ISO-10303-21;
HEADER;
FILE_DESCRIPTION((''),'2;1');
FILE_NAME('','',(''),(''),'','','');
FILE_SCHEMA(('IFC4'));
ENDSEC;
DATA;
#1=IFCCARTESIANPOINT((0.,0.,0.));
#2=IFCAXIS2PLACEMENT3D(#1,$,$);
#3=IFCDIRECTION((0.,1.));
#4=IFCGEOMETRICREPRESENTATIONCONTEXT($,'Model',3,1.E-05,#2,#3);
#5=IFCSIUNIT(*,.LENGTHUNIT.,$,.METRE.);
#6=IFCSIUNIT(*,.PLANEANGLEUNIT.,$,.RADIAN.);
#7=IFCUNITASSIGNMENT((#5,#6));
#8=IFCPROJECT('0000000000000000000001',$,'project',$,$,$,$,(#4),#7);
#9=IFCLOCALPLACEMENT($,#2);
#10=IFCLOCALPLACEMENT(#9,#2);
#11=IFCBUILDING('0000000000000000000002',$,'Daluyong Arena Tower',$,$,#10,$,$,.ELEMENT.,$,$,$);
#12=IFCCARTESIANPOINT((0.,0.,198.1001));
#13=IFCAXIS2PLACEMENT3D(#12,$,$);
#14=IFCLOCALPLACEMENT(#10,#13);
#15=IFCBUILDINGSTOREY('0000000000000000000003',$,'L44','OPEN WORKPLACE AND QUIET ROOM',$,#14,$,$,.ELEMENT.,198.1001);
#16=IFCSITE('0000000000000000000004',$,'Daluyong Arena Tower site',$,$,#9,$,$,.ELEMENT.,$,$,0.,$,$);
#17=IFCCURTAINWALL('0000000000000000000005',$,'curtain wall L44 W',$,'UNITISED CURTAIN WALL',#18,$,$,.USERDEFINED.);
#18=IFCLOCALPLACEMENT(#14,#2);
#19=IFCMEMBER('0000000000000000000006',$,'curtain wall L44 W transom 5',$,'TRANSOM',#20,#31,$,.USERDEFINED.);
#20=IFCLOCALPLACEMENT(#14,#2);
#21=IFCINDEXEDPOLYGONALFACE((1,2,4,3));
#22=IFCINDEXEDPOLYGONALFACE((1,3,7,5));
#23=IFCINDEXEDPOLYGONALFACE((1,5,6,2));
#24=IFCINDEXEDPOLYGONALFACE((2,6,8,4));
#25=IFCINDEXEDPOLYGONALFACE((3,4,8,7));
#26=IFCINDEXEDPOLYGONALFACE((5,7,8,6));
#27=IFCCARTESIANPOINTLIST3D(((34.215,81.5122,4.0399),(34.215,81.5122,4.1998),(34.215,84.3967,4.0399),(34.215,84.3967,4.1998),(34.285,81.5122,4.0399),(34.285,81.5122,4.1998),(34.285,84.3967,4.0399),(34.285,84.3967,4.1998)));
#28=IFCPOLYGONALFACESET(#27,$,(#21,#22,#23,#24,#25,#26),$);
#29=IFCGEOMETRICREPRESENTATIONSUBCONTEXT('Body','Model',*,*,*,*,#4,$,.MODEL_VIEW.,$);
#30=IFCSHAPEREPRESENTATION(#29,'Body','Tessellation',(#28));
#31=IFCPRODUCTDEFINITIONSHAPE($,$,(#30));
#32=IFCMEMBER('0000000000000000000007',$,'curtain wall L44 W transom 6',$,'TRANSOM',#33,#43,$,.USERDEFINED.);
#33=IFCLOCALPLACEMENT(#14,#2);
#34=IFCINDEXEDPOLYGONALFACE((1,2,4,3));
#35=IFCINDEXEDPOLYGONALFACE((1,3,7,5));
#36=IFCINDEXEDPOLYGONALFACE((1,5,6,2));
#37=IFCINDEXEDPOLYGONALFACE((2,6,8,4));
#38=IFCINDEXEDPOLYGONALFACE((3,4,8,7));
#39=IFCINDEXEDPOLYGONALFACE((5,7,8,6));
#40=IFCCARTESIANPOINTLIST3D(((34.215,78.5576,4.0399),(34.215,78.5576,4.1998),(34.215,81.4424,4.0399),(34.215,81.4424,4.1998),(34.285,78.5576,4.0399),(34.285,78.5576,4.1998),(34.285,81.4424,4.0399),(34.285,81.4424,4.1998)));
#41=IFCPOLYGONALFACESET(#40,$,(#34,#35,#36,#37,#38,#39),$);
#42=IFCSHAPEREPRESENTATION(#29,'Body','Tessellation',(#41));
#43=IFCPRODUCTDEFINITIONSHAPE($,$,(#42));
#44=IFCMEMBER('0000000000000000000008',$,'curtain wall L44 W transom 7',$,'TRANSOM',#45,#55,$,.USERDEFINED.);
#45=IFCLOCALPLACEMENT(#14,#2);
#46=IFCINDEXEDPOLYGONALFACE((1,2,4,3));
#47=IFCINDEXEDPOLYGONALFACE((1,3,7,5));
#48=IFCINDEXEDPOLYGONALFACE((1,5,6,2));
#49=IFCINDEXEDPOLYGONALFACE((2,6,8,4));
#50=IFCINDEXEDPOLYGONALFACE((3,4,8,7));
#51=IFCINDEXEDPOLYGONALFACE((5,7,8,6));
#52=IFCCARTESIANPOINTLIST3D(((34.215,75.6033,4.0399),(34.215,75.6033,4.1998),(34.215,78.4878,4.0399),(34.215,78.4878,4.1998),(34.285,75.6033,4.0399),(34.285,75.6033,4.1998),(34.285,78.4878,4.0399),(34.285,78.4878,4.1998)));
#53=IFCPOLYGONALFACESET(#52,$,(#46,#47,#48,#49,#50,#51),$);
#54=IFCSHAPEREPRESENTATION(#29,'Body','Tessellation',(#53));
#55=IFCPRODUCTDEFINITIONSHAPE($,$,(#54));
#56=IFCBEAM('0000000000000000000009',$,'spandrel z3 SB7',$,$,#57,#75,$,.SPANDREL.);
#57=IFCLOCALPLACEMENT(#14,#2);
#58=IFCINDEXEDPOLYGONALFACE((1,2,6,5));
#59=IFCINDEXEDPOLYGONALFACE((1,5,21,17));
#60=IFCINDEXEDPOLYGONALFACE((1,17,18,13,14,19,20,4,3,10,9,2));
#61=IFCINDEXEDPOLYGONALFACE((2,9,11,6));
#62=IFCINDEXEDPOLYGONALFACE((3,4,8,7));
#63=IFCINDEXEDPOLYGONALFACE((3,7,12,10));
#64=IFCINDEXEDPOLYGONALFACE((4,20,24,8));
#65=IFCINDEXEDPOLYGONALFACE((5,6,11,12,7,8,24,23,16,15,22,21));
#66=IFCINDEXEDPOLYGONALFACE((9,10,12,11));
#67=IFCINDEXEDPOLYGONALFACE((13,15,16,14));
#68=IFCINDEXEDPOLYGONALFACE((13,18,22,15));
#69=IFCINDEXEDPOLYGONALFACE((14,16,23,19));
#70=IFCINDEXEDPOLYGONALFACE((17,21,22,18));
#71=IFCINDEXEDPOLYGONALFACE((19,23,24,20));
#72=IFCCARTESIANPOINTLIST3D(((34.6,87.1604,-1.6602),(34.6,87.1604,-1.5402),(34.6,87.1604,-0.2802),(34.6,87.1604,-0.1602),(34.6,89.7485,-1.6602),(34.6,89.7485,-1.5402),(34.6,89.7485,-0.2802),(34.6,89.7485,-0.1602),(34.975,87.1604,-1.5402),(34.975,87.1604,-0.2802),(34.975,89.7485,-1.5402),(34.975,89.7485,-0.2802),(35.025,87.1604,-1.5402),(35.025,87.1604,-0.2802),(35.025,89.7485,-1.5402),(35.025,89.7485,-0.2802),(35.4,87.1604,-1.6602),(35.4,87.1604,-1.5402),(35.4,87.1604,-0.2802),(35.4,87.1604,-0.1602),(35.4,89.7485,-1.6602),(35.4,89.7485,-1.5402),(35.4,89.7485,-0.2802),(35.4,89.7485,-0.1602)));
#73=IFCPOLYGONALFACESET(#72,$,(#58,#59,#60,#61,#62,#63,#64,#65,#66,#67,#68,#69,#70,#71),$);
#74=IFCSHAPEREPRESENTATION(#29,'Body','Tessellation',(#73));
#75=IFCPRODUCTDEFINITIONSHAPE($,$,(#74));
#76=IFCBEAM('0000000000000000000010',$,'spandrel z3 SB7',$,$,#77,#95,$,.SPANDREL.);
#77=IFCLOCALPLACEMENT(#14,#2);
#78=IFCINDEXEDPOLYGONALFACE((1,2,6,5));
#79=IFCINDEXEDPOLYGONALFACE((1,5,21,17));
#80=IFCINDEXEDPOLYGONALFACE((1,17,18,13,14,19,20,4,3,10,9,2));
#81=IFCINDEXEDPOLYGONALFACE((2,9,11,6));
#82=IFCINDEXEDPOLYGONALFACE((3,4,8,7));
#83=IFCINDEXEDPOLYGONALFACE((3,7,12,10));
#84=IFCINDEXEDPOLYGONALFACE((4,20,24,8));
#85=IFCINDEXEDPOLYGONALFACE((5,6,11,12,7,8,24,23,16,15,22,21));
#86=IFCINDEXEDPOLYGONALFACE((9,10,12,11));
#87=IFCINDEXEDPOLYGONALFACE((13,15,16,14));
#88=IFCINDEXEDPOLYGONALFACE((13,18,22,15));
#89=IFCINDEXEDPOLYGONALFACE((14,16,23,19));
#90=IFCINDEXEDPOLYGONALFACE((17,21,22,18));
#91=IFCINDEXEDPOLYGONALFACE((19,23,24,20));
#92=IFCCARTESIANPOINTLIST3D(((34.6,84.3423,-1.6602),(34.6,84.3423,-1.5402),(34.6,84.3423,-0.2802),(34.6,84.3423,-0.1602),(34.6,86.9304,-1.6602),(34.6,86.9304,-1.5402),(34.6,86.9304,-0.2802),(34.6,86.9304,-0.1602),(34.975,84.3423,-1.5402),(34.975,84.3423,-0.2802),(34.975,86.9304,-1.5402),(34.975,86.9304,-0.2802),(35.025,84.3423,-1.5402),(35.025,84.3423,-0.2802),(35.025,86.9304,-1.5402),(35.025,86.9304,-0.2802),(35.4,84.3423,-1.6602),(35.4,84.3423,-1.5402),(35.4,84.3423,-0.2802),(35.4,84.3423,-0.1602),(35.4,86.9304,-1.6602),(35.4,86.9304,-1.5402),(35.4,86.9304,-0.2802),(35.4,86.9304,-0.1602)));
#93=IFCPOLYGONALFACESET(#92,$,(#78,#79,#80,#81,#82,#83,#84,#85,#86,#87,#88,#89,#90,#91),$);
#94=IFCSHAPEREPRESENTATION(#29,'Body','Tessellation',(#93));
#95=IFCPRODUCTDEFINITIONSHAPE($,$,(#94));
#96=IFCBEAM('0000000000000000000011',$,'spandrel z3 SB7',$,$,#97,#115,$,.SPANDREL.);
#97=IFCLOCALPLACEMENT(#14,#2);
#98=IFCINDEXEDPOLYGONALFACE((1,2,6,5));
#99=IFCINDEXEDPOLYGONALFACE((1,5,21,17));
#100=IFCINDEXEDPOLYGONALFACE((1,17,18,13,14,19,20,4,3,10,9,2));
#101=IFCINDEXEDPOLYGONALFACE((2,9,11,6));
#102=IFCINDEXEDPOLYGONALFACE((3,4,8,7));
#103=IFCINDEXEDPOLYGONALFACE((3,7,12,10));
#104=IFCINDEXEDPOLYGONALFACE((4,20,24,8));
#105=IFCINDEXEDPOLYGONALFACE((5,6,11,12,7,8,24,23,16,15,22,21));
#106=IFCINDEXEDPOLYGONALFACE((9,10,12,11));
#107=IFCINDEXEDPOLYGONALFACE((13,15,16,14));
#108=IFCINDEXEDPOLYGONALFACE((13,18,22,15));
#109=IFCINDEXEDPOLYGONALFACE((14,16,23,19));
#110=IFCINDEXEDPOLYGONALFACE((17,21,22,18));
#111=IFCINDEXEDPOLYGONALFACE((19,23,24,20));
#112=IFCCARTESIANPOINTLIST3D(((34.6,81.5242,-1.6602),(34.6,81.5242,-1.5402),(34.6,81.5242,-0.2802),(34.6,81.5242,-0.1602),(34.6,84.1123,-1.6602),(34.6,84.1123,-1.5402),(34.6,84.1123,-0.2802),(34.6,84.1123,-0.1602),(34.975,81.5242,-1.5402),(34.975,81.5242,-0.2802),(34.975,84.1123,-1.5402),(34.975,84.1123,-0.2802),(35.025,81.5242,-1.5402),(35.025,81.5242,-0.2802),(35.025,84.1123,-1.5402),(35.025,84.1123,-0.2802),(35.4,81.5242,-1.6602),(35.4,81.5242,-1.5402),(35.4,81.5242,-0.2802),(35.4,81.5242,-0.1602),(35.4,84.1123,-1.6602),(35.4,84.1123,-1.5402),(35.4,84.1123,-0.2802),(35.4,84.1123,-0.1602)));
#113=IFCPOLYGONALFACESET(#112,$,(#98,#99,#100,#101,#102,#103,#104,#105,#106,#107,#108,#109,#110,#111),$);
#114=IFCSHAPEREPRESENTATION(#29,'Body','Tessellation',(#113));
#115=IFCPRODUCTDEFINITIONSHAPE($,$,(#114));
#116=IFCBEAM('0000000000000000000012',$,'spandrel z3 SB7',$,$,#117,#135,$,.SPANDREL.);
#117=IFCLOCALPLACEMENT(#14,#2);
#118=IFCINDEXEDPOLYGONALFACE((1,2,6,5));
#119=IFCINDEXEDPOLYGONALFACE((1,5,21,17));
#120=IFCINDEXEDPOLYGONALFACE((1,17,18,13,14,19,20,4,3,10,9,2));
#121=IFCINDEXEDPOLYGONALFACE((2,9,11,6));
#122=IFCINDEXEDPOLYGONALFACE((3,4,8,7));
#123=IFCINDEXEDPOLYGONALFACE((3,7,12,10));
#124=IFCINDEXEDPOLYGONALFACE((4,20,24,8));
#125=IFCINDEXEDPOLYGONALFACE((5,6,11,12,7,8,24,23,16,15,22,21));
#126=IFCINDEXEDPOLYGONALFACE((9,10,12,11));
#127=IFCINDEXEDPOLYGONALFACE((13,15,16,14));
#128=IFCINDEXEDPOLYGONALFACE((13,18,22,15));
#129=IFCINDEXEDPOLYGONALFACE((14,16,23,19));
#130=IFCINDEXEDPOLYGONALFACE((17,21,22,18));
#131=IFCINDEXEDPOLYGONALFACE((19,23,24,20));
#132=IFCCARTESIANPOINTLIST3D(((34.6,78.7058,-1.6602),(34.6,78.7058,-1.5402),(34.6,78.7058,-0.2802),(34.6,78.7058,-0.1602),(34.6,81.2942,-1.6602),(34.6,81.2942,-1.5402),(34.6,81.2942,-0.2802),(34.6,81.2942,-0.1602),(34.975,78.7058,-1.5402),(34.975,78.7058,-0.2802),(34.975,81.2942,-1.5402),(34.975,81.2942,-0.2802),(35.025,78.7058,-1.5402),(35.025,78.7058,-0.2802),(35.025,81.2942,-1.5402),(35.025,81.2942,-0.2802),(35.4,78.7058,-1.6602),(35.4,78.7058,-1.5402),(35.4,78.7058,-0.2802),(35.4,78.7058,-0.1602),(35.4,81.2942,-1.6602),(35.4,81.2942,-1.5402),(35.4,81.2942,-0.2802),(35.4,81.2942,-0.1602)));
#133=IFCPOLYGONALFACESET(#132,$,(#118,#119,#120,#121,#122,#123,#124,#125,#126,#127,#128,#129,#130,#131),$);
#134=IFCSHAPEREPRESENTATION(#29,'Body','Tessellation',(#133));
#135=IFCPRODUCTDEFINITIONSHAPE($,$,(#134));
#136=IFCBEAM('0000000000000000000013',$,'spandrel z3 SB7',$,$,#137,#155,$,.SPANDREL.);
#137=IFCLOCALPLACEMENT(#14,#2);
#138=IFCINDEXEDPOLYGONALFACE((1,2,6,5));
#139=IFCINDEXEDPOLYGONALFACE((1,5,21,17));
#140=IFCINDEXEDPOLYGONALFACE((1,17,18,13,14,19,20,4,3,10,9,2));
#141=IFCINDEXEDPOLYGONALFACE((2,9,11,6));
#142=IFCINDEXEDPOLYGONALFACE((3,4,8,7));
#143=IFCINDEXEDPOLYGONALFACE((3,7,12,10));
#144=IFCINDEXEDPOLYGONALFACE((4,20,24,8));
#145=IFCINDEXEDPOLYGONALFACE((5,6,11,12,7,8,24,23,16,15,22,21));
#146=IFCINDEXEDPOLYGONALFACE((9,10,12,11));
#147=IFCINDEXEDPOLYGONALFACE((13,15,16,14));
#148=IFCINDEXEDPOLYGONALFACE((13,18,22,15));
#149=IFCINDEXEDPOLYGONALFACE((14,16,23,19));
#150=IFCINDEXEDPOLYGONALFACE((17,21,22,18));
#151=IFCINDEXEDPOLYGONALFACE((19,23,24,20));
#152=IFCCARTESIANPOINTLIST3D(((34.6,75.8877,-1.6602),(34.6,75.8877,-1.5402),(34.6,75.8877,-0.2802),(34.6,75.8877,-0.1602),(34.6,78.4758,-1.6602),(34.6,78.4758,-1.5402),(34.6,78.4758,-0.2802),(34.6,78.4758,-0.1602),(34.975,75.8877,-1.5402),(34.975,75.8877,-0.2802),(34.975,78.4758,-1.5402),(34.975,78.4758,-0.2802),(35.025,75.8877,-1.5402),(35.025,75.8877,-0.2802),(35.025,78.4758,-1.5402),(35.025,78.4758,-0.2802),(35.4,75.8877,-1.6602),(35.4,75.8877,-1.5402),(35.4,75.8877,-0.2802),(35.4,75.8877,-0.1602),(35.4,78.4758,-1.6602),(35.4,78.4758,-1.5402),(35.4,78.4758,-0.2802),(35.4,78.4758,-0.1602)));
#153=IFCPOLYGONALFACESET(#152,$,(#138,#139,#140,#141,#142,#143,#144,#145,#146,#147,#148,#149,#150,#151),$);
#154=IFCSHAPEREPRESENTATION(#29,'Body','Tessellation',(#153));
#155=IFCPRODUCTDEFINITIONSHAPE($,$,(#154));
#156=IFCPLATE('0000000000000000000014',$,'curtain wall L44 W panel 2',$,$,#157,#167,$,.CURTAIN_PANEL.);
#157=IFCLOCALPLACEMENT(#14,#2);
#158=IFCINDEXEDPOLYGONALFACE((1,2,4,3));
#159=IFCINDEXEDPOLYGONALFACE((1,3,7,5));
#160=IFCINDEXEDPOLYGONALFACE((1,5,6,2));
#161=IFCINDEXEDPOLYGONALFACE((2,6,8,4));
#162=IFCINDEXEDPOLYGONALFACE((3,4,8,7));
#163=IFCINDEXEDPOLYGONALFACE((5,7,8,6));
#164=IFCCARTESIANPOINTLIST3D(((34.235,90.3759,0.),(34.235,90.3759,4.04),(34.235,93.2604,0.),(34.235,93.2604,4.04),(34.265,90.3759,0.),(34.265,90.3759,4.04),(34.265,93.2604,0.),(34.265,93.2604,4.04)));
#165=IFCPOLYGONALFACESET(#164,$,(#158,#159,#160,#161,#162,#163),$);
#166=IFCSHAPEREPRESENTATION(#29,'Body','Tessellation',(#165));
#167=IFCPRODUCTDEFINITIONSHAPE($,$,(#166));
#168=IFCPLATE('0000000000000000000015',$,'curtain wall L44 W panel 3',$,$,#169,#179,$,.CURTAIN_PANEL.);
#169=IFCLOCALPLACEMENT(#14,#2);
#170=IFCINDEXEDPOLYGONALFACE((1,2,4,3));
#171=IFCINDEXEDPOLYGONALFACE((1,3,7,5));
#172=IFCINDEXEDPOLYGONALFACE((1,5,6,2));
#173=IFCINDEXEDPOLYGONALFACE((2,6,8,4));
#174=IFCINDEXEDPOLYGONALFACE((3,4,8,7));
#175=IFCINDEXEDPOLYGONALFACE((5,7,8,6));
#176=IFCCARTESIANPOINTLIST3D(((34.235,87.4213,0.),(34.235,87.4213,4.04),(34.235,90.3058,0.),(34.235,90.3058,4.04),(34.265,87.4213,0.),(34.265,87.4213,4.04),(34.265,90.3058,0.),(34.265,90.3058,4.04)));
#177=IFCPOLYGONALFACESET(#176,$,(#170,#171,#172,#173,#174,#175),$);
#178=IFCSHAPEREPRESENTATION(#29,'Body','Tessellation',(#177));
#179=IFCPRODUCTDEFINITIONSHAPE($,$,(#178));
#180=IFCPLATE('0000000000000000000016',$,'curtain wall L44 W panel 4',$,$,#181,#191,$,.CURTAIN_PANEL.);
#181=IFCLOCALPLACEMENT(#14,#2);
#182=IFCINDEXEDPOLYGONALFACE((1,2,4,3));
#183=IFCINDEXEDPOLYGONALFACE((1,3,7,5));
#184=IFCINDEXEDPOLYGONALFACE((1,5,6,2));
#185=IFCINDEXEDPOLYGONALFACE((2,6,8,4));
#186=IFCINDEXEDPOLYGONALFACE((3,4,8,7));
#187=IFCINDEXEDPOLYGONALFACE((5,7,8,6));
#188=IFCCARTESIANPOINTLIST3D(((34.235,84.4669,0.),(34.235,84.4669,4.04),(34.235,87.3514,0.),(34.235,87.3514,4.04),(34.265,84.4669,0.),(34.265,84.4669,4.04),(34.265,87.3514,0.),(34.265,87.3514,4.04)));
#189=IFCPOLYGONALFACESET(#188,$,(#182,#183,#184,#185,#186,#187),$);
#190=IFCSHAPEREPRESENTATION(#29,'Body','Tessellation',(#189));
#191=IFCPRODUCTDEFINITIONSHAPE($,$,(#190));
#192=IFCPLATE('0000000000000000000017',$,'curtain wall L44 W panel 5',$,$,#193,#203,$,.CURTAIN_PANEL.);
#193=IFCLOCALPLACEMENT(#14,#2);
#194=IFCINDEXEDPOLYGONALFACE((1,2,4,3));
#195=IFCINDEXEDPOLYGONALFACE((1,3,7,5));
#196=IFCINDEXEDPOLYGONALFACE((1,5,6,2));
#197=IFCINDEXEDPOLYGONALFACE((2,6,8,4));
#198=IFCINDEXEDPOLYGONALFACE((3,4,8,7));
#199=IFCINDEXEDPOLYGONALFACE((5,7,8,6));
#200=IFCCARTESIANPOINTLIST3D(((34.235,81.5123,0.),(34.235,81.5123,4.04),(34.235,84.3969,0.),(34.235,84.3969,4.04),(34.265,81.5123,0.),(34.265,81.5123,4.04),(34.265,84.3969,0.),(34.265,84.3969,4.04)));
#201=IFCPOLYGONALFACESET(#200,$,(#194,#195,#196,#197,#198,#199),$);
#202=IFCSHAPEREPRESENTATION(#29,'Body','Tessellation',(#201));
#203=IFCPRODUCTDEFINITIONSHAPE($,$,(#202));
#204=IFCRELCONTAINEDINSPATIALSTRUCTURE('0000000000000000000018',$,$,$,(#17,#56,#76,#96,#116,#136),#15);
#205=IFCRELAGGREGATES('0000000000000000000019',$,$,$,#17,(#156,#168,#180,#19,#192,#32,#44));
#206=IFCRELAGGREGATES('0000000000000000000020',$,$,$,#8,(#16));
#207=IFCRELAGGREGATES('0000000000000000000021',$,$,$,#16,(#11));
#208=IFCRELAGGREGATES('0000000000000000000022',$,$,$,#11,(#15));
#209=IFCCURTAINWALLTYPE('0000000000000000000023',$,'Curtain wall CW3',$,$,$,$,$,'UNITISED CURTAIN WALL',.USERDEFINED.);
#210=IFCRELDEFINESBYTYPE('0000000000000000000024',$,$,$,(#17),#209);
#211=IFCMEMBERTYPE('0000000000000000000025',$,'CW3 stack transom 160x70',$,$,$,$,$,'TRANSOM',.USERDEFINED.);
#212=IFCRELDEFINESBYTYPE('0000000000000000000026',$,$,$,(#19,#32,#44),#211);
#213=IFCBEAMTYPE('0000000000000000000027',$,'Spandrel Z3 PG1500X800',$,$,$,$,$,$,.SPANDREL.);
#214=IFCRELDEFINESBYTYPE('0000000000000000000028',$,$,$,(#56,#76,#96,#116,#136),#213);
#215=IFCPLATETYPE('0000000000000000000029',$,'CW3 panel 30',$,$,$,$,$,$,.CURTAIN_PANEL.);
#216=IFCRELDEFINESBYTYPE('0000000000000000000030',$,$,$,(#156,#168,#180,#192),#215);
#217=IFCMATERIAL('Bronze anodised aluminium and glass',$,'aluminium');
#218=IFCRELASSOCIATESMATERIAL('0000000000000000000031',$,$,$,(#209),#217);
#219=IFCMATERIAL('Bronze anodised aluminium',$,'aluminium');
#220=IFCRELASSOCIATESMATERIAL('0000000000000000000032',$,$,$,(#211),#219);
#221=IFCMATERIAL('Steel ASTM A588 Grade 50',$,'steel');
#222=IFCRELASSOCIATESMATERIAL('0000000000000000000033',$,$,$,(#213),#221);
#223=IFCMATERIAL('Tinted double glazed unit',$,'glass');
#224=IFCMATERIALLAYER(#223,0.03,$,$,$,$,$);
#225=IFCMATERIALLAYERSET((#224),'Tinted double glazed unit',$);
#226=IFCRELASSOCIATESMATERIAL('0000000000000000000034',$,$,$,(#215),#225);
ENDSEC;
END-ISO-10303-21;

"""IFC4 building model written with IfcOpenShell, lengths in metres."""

from ifc_helpers import new_model, si_unit, direction, frame, origin, origin_2d, place, context, subcontext, project, spatial, rectangle, i_section, extrude, material, layer, layer_set, material_profile, profile_set, type_object, element, aggregate, save


model = new_model("IFC4")

# Units and contexts
model_context = context("Model", 3, precision=1e-05, world=origin(), true_north=direction((0.0, 1.0)))
body_context = subcontext(model_context, "Body", "Model", "MODEL_VIEW")
ifc_project = project(units=[si_unit("LENGTHUNIT", "METRE"), si_unit("PLANEANGLEUNIT", "RADIAN")], contexts=[model_context])

# Site, building, storey
site_placement = place(None, origin())
site = spatial("IfcSite", under=ifc_project, at=site_placement, Name="Daluyong Arena Tower site", CompositionType="ELEMENT", RefElevation=0.0)
building_placement = place(site_placement, origin())
building = spatial("IfcBuilding", under=site, at=building_placement, Name="Daluyong Arena Tower", CompositionType="ELEMENT")
storey_placement = place(building_placement, frame((0.0, 0.0, 198.1001)))
storey = spatial("IfcBuildingStorey", under=building, at=storey_placement, Name="L44", Description="OPEN WORKPLACE AND QUIET ROOM", CompositionType="ELEMENT", Elevation=198.1001)

# Curtain wall, members
ifc_material_1 = material(Name="Bronze anodised aluminium and glass", Category="aluminium")
curtain_wall_type = type_object("IfcCurtainWallType", Name="Curtain wall CW3", ElementType="UNITISED CURTAIN WALL", PredefinedType="USERDEFINED", material=ifc_material_1)
curtain_wall_placement = place(storey_placement, origin())
curtain_wall = element("IfcCurtainWall", 1, at=curtain_wall_placement, inside=storey, type_object=curtain_wall_type, Name="curtain wall L44 W", ObjectType="UNITISED CURTAIN WALL", PredefinedType="USERDEFINED")
ifc_material_2 = material(Name="Bronze anodised aluminium", Category="aluminium")
ifc_material_profile_1 = material_profile(ifc_material_2, rectangle(XDim=0.0701, YDim=0.1599, at=origin_2d()))
ifc_profile_set_1 = profile_set([ifc_material_profile_1], Name="Bronze anodised aluminium")
member_type_1 = type_object("IfcMemberType", Name="CW3 stack transom 160x70", ElementType="TRANSOM", PredefinedType="USERDEFINED", material=ifc_profile_set_1)
member_1_placement = place(storey_placement, frame((34.25, 84.3967, 4.1199), z_axis=(0.0, -1.0, 0.0), x_axis=(1.0, 0.0, 0.0)))
member_1 = element("IfcMember", 2, at=member_1_placement, type_object=member_type_1, Name="curtain wall L44 W transom 5", ObjectType="TRANSOM", PredefinedType="USERDEFINED", context=body_context, shape_type="SweptSolid", body=[
    extrude(rectangle(XDim=0.0701, YDim=0.1599, at=origin_2d()), origin(), (0.0, 0.0, 1.0), 2.8845),
])
member_2_placement = place(storey_placement, frame((34.25, 81.4424, 4.1199), z_axis=(0.0, -1.0, 0.0), x_axis=(1.0, 0.0, 0.0)))
member_2 = element("IfcMember", 3, at=member_2_placement, type_object=member_type_1, Name="curtain wall L44 W transom 6", ObjectType="TRANSOM", PredefinedType="USERDEFINED", context=body_context, shape_type="SweptSolid", body=[
    extrude(rectangle(XDim=0.0701, YDim=0.1599, at=origin_2d()), origin(), (0.0, 0.0, 1.0), 2.8848),
])
member_3_placement = place(storey_placement, frame((34.25, 78.4878, 4.1199), z_axis=(0.0, -1.0, 0.0), x_axis=(1.0, 0.0, 0.0)))
member_3 = element("IfcMember", 4, at=member_3_placement, type_object=member_type_1, Name="curtain wall L44 W transom 7", ObjectType="TRANSOM", PredefinedType="USERDEFINED", context=body_context, shape_type="SweptSolid", body=[
    extrude(rectangle(XDim=0.0701, YDim=0.1599, at=origin_2d()), origin(), (0.0, 0.0, 1.0), 2.8845),
])

# Beams
ifc_material_3 = material(Name="Steel ASTM A588 Grade 50", Category="steel")
ifc_material_profile_2 = material_profile(ifc_material_3, i_section(OverallWidth=0.8, OverallDepth=1.5, WebThickness=0.05, FlangeThickness=0.12, at=origin_2d()))
ifc_profile_set_2 = profile_set([ifc_material_profile_2], Name="Steel ASTM A588 Grade 50")
beam_type = type_object("IfcBeamType", Name="Spandrel Z3 PG1500X800", PredefinedType="SPANDREL", material=ifc_profile_set_2)
for number, where, z_axis, x_axis, name in (
    (5, (35.0, 89.7485, -0.9102), (0.0, -1.0, 0.0), (1.0, 0.0, 0.0), "spandrel z3 SB7"),
    (6, (35.0, 86.9304, -0.9102), (0.0, -1.0, 0.0), (1.0, 0.0, 0.0), "spandrel z3 SB7"),
    (7, (35.0, 84.1123, -0.9102), (0.0, -1.0, 0.0), (1.0, 0.0, 0.0), "spandrel z3 SB7"),
):
    element("IfcBeam", number, at=place(storey_placement, frame(where, z_axis=z_axis, x_axis=x_axis)), inside=storey, type_object=beam_type, Name=name, PredefinedType="SPANDREL", context=body_context, shape_type="SweptSolid", body=[
        extrude(i_section(OverallWidth=0.8, OverallDepth=1.5, WebThickness=0.05, FlangeThickness=0.12, at=origin_2d()), origin(), (0.0, 0.0, 1.0), 2.5881),
    ])
beam_1_placement = place(storey_placement, frame((35.0, 81.2942, -0.9102), z_axis=(0.0, -1.0, 0.0), x_axis=(1.0, 0.0, 0.0)))
element("IfcBeam", 8, at=beam_1_placement, inside=storey, type_object=beam_type, Name="spandrel z3 SB7", PredefinedType="SPANDREL", context=body_context, shape_type="SweptSolid", body=[
    extrude(i_section(OverallWidth=0.8, OverallDepth=1.5, WebThickness=0.05, FlangeThickness=0.12, at=origin_2d()), origin(), (0.0, 0.0, 1.0), 2.5884),
])
beam_2_placement = place(storey_placement, frame((35.0, 78.4758, -0.9102), z_axis=(0.0, -1.0, 0.0), x_axis=(1.0, 0.0, 0.0)))
element("IfcBeam", 9, at=beam_2_placement, inside=storey, type_object=beam_type, Name="spandrel z3 SB7", PredefinedType="SPANDREL", context=body_context, shape_type="SweptSolid", body=[
    extrude(i_section(OverallWidth=0.8, OverallDepth=1.5, WebThickness=0.05, FlangeThickness=0.12, at=origin_2d()), origin(), (0.0, 0.0, 1.0), 2.5881),
])

# Plates
ifc_material_4 = material(Name="Tinted double glazed unit", Category="glass")
ifc_layer = layer(ifc_material_4, 0.03)
ifc_layer_set = layer_set([ifc_layer], Name="Tinted double glazed unit")
plate_type = type_object("IfcPlateType", Name="CW3 panel 30", PredefinedType="CURTAIN_PANEL", material=ifc_layer_set)
plate_1_placement = place(storey_placement, frame((34.25, 91.8181, 0.0), z_axis=(0.0, 0.0, 1.0), x_axis=(0.0, -1.0, 0.0)))
plate_1 = element("IfcPlate", 10, at=plate_1_placement, type_object=plate_type, Name="curtain wall L44 W panel 2", PredefinedType="CURTAIN_PANEL", context=body_context, shape_type="SweptSolid", body=[
    extrude(rectangle(XDim=2.8845, YDim=0.03, at=origin_2d()), origin(), (0.0, 0.0, 1.0), 4.04),
])
plate_2_placement = place(storey_placement, frame((34.25, 88.8635, 0.0), z_axis=(0.0, 0.0, 1.0), x_axis=(0.0, -1.0, 0.0)))
plate_2 = element("IfcPlate", 11, at=plate_2_placement, type_object=plate_type, Name="curtain wall L44 W panel 3", PredefinedType="CURTAIN_PANEL", context=body_context, shape_type="SweptSolid", body=[
    extrude(rectangle(XDim=2.8845, YDim=0.03, at=origin_2d()), origin(), (0.0, 0.0, 1.0), 4.04),
])
plate_3_placement = place(storey_placement, frame((34.25, 85.9092, 0.0), z_axis=(0.0, 0.0, 1.0), x_axis=(0.0, -1.0, 0.0)))
plate_3 = element("IfcPlate", 12, at=plate_3_placement, type_object=plate_type, Name="curtain wall L44 W panel 4", PredefinedType="CURTAIN_PANEL", context=body_context, shape_type="SweptSolid", body=[
    extrude(rectangle(XDim=2.8845, YDim=0.03, at=origin_2d()), origin(), (0.0, 0.0, 1.0), 4.04),
])
plate_4_placement = place(storey_placement, frame((34.25, 82.9546, 0.0), z_axis=(0.0, 0.0, 1.0), x_axis=(0.0, -1.0, 0.0)))
plate_4 = element("IfcPlate", 13, at=plate_4_placement, type_object=plate_type, Name="curtain wall L44 W panel 5", PredefinedType="CURTAIN_PANEL", context=body_context, shape_type="SweptSolid", body=[
    extrude(rectangle(XDim=2.8845, YDim=0.03, at=origin_2d()), origin(), (0.0, 0.0, 1.0), 4.04),
])
aggregate(curtain_wall, [plate_1, plate_2, plate_3, member_1, plate_4, member_2, member_3])

save(model, "model.ifc")
